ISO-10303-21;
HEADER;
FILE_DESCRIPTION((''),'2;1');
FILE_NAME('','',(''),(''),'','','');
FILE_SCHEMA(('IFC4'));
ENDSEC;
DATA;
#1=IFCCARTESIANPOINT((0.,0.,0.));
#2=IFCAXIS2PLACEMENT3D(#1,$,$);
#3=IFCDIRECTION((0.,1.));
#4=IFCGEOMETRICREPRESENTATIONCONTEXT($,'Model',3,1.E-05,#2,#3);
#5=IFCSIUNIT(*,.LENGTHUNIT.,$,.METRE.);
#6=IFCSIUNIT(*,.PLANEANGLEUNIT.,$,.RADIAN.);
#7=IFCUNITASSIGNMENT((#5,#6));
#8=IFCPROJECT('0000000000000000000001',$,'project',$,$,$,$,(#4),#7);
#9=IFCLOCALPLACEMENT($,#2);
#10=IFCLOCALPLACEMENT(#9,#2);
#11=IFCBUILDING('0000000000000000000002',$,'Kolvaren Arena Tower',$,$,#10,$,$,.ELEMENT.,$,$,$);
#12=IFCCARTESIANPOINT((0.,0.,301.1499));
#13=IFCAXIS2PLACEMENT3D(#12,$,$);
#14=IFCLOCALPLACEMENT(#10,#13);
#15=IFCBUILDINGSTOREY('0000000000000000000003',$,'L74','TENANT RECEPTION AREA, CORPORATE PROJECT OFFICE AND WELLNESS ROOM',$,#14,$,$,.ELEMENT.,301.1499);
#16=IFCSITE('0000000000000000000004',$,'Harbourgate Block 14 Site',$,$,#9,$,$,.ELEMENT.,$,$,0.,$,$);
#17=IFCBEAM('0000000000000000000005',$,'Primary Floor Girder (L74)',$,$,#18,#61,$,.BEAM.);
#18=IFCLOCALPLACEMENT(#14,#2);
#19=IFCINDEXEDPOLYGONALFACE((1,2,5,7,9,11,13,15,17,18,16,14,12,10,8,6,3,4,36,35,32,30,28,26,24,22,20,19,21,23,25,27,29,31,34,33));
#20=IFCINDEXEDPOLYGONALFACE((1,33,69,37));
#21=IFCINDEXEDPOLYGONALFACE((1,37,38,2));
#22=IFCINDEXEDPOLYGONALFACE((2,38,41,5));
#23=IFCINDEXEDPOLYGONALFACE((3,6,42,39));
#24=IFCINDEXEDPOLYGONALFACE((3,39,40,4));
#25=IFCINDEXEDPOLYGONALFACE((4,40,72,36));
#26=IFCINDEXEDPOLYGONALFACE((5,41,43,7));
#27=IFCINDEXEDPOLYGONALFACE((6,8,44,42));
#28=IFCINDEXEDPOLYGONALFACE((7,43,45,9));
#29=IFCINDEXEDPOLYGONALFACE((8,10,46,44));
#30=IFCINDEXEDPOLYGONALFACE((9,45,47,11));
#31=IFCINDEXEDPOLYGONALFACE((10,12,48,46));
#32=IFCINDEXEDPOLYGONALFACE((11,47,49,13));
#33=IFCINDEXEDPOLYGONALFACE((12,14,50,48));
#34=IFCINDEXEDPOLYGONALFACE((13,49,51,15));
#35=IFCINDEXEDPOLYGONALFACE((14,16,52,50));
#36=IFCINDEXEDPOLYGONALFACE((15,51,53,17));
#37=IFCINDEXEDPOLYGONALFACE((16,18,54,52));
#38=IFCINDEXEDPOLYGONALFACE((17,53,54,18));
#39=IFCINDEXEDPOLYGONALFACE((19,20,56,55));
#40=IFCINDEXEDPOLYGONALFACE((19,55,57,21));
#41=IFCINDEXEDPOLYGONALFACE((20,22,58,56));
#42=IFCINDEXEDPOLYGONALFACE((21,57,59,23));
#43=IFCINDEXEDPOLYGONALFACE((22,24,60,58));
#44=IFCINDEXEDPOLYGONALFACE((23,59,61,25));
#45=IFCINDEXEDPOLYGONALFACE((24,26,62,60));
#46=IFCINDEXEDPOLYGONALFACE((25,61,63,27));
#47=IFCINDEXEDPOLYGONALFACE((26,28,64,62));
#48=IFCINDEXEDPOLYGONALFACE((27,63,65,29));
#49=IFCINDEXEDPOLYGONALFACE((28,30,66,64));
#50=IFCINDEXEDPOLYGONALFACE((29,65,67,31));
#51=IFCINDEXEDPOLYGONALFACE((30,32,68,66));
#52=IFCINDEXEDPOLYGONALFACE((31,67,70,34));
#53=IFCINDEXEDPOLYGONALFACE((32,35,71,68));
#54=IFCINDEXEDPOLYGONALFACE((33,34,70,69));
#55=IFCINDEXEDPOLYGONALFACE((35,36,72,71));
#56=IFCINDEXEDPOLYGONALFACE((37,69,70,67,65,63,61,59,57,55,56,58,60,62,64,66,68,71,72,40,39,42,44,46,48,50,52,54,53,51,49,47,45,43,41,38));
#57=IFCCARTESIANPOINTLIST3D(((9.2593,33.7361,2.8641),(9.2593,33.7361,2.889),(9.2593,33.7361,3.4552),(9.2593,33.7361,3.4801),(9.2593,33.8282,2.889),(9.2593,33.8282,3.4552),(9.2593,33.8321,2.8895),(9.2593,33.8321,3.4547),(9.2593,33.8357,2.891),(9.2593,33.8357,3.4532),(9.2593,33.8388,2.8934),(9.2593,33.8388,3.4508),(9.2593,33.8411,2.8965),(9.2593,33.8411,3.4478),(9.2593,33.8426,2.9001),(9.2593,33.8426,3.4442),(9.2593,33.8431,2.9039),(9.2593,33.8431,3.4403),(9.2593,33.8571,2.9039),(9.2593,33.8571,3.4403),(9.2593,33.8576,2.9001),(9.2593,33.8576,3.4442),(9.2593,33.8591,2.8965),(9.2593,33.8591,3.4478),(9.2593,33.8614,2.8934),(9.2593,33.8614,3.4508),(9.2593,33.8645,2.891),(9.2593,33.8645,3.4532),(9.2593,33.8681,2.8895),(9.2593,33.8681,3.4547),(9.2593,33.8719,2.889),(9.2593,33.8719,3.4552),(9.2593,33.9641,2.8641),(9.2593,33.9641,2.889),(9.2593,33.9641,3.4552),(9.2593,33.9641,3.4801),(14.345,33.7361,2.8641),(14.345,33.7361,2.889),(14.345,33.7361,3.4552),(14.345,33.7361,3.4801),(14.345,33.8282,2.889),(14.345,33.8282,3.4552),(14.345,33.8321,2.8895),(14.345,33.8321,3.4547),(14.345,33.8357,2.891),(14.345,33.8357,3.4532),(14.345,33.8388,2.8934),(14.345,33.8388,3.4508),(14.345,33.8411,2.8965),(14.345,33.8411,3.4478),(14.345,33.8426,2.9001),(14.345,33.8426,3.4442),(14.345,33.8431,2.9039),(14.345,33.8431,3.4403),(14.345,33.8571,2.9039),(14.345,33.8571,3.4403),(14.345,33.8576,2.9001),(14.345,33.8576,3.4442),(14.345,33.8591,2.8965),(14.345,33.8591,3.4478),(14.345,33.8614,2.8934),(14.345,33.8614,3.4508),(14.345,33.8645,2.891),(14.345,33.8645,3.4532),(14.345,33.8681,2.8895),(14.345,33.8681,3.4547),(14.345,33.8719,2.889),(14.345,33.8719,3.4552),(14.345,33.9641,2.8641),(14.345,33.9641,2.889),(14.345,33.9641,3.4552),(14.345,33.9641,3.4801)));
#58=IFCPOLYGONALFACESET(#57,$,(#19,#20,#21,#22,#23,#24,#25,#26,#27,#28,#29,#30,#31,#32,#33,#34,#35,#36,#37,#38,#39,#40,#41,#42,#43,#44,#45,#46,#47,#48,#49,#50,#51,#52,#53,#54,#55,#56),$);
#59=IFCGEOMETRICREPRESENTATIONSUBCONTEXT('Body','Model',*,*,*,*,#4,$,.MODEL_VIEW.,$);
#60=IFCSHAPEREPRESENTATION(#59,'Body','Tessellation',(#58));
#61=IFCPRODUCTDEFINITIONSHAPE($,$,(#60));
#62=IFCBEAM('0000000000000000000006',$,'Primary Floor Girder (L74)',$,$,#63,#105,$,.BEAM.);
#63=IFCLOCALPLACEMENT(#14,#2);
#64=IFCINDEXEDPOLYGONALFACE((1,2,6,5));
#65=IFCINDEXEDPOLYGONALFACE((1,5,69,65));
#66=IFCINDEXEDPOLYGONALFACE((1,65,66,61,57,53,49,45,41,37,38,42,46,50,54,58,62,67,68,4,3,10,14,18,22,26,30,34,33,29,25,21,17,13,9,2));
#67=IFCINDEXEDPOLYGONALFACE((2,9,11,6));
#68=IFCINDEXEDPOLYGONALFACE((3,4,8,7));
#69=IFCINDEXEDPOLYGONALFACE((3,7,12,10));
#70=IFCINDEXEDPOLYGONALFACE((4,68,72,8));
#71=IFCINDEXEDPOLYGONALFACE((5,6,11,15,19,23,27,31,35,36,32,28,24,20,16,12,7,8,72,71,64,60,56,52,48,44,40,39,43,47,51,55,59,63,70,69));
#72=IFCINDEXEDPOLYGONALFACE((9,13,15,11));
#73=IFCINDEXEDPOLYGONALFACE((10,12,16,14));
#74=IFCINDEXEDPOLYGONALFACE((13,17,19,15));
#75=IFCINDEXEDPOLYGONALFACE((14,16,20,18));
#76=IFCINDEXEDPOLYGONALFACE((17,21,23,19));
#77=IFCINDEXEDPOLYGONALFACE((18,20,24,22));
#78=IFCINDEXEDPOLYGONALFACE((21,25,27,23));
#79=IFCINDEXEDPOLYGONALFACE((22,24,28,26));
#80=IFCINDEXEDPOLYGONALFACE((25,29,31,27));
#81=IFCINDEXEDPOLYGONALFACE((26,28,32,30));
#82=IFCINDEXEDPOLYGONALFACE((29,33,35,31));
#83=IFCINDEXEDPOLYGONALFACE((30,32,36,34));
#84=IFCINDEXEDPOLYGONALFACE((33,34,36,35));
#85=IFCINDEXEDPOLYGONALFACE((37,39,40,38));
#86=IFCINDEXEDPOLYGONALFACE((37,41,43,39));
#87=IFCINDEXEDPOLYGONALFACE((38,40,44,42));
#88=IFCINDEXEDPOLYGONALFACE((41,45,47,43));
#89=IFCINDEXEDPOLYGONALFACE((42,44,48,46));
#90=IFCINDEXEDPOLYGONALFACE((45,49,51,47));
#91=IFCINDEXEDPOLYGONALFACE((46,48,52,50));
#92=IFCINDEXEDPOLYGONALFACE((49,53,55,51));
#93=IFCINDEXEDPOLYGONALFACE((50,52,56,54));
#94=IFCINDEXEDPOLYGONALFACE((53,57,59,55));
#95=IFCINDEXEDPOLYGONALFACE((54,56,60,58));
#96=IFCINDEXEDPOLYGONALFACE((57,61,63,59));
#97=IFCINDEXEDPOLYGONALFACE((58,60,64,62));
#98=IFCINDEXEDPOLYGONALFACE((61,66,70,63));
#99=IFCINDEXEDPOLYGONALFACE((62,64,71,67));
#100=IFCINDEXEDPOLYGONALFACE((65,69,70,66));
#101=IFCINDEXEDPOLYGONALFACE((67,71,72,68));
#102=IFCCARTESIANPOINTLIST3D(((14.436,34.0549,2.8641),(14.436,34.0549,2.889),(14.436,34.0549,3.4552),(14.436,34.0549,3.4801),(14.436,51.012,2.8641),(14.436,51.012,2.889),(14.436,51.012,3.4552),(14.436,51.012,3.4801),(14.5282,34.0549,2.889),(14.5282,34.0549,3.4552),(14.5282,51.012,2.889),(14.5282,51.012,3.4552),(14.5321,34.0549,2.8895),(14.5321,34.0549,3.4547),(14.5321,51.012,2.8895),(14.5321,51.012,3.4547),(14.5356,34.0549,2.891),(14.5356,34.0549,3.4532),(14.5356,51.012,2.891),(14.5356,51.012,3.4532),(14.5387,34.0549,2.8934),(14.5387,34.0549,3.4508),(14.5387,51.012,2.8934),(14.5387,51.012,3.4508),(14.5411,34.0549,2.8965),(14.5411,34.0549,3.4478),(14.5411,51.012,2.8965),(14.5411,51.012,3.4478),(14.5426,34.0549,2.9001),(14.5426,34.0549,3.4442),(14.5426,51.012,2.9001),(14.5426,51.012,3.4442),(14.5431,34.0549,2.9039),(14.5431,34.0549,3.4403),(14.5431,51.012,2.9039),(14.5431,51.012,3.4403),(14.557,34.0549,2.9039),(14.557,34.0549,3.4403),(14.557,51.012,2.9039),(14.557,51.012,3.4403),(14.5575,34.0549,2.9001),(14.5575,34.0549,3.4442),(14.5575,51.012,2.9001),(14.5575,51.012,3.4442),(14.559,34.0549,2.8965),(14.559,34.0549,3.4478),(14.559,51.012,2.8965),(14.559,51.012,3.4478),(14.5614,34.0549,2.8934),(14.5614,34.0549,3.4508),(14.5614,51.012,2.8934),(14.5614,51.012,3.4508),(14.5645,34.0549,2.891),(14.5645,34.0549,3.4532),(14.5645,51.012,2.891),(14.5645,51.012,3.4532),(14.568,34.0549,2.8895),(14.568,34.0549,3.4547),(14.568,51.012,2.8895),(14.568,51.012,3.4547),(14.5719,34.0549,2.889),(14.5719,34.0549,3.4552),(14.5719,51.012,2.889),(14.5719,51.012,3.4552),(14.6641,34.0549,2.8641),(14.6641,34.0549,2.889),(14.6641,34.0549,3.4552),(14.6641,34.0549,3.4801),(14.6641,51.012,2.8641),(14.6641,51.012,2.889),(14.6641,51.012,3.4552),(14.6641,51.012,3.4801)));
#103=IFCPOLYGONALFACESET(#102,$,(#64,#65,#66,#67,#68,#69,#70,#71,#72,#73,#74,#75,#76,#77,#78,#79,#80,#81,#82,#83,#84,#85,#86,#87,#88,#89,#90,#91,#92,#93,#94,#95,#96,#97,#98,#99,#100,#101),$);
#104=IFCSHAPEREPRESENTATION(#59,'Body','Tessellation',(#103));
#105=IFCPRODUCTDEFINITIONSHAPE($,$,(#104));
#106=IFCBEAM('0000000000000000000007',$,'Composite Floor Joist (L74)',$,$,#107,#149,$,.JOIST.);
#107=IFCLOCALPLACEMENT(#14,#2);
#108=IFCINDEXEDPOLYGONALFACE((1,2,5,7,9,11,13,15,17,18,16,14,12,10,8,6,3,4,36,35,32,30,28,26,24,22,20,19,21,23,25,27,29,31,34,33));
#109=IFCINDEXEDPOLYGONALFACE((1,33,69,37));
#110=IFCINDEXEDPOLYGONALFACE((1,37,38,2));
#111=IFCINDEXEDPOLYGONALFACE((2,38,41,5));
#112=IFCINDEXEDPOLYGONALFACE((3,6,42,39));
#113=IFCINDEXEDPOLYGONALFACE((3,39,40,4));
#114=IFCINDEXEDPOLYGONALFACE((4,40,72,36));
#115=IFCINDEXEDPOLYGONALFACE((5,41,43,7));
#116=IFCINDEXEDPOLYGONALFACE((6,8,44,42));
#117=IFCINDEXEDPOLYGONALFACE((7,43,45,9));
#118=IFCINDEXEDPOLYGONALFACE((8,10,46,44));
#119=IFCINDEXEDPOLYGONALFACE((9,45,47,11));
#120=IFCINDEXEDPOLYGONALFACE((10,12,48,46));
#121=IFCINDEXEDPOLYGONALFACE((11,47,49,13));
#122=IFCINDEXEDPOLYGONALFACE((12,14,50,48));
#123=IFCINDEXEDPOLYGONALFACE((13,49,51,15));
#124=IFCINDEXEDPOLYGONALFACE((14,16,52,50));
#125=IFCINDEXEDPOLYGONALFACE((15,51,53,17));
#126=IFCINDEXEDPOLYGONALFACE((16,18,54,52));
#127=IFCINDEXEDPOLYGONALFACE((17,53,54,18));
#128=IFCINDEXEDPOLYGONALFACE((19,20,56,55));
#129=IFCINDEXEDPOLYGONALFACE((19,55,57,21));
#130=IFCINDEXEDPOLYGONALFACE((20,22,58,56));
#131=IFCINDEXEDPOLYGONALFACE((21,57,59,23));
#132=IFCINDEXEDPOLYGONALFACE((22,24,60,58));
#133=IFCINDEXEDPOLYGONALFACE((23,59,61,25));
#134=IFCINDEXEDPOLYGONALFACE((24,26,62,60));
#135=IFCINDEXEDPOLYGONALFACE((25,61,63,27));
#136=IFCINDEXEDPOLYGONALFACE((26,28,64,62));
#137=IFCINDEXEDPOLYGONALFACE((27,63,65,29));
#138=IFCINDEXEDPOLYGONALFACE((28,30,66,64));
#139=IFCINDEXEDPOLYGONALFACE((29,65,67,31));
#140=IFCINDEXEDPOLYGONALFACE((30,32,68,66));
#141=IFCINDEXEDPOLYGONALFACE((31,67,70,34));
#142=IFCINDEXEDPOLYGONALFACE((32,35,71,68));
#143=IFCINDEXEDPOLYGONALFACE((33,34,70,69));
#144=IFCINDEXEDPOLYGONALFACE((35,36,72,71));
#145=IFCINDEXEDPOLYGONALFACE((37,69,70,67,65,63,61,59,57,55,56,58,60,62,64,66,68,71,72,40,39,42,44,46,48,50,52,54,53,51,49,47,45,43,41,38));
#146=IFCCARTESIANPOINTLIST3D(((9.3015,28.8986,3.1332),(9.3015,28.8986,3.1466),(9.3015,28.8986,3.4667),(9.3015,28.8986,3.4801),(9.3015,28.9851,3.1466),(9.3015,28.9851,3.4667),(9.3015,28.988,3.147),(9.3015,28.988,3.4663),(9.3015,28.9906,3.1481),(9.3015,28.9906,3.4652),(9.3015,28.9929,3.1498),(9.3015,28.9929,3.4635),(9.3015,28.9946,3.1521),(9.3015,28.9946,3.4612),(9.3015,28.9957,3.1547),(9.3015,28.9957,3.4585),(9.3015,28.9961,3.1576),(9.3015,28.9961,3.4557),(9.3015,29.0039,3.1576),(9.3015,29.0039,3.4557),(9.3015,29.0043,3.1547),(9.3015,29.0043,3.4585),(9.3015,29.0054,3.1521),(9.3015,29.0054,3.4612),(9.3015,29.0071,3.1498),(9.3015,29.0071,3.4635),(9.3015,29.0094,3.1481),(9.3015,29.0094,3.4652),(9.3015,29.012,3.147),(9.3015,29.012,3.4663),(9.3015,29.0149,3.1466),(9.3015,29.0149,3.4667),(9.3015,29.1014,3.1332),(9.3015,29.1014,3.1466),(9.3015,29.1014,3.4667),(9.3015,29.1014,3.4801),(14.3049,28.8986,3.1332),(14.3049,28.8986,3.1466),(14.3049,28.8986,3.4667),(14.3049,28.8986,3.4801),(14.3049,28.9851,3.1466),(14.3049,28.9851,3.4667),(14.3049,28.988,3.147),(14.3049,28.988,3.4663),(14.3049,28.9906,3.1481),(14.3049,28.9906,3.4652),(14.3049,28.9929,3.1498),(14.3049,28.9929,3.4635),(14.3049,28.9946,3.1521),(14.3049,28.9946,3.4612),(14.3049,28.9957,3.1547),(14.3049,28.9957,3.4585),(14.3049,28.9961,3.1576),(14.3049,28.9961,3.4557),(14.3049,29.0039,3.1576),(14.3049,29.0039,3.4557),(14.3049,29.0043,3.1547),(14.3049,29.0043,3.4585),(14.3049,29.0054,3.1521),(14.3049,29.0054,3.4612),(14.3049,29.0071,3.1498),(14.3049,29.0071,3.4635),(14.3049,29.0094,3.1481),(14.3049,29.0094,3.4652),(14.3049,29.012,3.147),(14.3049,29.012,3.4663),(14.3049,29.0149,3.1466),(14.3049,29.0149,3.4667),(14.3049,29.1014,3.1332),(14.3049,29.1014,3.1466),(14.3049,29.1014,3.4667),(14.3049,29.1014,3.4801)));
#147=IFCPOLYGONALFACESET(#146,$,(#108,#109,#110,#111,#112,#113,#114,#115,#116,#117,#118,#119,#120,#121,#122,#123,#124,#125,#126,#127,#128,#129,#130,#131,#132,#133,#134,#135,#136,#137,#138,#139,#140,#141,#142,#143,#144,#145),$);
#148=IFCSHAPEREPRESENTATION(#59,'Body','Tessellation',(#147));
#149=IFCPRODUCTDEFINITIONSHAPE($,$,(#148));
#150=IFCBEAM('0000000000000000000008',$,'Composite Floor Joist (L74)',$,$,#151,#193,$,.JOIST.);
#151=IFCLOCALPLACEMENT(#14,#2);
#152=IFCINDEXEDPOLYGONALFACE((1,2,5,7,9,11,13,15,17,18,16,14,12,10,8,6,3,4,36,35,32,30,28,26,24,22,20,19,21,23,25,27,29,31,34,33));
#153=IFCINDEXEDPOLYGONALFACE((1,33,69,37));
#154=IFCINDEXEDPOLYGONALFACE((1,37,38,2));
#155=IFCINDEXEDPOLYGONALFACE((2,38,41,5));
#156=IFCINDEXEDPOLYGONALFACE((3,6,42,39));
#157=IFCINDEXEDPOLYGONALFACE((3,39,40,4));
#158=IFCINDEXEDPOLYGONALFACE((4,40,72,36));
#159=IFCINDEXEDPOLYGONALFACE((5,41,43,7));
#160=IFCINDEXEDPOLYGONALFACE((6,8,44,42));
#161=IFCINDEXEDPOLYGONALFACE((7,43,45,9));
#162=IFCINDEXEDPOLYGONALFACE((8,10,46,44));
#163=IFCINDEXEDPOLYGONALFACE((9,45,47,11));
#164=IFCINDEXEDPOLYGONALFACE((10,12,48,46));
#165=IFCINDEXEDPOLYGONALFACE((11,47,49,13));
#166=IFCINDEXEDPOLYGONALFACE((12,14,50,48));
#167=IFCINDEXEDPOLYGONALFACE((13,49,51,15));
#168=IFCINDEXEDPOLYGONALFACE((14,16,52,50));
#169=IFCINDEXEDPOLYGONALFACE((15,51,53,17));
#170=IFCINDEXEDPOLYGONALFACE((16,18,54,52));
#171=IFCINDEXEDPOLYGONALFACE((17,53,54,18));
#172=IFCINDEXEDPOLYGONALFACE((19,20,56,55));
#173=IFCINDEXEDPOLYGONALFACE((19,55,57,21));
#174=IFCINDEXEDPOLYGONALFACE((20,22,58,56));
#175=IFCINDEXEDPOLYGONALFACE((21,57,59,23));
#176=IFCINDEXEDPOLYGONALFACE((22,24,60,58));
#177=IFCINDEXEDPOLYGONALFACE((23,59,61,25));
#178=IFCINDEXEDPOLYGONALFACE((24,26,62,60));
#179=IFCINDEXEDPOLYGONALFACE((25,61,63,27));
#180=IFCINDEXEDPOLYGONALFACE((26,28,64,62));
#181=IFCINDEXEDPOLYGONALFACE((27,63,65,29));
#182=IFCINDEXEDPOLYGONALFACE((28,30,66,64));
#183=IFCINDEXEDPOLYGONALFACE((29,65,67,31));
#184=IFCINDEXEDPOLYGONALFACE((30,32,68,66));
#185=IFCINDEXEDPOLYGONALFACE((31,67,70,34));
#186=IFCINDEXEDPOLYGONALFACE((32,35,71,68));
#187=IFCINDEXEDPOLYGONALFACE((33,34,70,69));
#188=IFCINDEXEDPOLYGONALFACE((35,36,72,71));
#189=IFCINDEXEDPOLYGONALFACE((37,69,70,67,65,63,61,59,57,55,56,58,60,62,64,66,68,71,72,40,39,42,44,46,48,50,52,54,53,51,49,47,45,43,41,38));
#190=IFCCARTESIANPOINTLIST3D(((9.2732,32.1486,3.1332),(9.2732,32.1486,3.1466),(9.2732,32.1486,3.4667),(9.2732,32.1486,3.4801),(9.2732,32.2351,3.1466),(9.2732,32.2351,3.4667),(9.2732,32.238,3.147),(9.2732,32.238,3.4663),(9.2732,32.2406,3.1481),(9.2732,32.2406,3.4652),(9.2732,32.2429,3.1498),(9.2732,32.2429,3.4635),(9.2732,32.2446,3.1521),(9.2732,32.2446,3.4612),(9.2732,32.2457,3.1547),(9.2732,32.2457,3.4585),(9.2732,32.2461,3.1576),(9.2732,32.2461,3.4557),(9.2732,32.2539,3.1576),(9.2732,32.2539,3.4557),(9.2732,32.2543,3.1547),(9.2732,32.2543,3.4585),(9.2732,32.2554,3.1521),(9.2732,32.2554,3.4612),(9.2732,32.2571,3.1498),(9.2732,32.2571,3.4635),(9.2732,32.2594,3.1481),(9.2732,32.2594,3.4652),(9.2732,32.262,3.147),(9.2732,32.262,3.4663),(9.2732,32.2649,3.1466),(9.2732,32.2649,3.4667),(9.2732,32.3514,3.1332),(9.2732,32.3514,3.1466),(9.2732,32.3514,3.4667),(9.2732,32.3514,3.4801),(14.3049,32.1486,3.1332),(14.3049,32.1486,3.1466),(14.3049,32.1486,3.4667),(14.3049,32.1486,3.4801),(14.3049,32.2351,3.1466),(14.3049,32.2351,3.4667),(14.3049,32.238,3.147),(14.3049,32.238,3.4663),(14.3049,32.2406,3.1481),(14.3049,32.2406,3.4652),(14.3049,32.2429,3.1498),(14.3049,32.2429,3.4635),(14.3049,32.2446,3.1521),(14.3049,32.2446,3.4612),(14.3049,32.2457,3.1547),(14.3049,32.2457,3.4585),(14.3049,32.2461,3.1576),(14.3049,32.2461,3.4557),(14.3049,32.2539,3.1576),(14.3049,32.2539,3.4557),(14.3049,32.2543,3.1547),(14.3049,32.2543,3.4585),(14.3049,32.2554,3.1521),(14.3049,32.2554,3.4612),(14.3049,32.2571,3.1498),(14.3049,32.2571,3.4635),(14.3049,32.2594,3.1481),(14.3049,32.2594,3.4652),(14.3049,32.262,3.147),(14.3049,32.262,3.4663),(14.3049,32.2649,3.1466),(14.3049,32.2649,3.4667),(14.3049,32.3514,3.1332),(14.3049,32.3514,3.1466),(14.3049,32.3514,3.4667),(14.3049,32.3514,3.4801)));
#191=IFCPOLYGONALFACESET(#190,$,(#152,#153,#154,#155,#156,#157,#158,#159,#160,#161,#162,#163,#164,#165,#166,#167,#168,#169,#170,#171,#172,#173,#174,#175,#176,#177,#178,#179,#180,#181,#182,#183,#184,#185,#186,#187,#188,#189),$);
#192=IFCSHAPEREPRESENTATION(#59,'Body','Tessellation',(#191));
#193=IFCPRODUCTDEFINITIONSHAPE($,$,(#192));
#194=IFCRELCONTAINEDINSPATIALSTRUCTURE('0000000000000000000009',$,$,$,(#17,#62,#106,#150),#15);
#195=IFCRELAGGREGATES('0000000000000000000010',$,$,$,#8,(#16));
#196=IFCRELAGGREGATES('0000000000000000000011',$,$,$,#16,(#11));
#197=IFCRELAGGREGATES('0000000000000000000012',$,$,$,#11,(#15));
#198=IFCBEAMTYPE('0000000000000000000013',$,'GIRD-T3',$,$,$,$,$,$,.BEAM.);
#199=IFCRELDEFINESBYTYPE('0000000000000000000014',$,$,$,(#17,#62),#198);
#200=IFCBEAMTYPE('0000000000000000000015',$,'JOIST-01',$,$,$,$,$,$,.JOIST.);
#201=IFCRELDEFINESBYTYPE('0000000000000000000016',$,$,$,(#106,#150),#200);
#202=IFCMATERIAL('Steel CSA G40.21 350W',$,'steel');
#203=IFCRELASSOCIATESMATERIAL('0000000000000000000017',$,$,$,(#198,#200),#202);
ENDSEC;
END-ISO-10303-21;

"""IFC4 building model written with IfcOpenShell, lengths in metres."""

from ifc_helpers import new_model, si_unit, direction, frame, origin, origin_2d, place, context, subcontext, project, spatial, i_section, extrude, material, material_profile, profile_set, type_object, element, save


model = new_model("IFC4")

# Units and contexts
model_context = context("Model", 3, precision=1e-05, world=origin(), true_north=direction((0.0, 1.0)))
body_context = subcontext(model_context, "Body", "Model", "MODEL_VIEW")
ifc_project = project(units=[si_unit("LENGTHUNIT", "METRE"), si_unit("PLANEANGLEUNIT", "RADIAN")], contexts=[model_context])

# Site, building, storey
site_placement = place(None, origin())
site = spatial("IfcSite", under=ifc_project, at=site_placement, Name="Harbourgate Block 14 Site", CompositionType="ELEMENT", RefElevation=0.0)
building_placement = place(site_placement, origin())
building = spatial("IfcBuilding", under=site, at=building_placement, Name="Kolvaren Arena Tower", CompositionType="ELEMENT")
storey_placement = place(building_placement, frame((0.0, 0.0, 301.1499)))
storey = spatial("IfcBuildingStorey", under=building, at=storey_placement, Name="L74", Description="TENANT RECEPTION AREA, CORPORATE PROJECT OFFICE AND WELLNESS ROOM", CompositionType="ELEMENT", Elevation=301.1499)

# Beams
ifc_material_1 = material(Name="Steel CSA G40.21 350W", Category="steel")
ifc_material_profile_1 = material_profile(ifc_material_1, i_section(OverallWidth=0.228, OverallDepth=0.616, WebThickness=0.0139, FlangeThickness=0.0249, FilletRadius=0.0149, at=origin_2d()), Name="W610x174")
ifc_profile_set_1 = profile_set([ifc_material_profile_1], Name="Steel CSA G40.21 350W")
beam_type_1 = type_object("IfcBeamType", Name="GIRD-T3", PredefinedType="BEAM", material=ifc_profile_set_1)
beam_1_placement = place(storey_placement, frame((9.2593, 33.8501, 3.1721), z_axis=(1.0, 0.0, 0.0), x_axis=(0.0, 1.0, 0.0)))
element("IfcBeam", 1, at=beam_1_placement, inside=storey, type_object=beam_type_1, Name="Primary Floor Girder (L74)", PredefinedType="BEAM", context=body_context, shape_type="SweptSolid", body=[
    extrude(i_section(OverallWidth=0.228, OverallDepth=0.616, WebThickness=0.0139, FlangeThickness=0.0249, FilletRadius=0.0149, at=origin_2d()), origin(), (0.0, 0.0, 1.0), 5.0857),
])
beam_2_placement = place(storey_placement, frame((14.55, 34.0549, 3.1721), z_axis=(0.0, 1.0, 0.0), x_axis=(-1.0, 0.0, 0.0)))
element("IfcBeam", 2, at=beam_2_placement, inside=storey, type_object=beam_type_1, Name="Primary Floor Girder (L74)", PredefinedType="BEAM", context=body_context, shape_type="SweptSolid", body=[
    extrude(i_section(OverallWidth=0.228, OverallDepth=0.616, WebThickness=0.0139, FlangeThickness=0.0249, FilletRadius=0.0149, at=origin_2d()), origin(), (0.0, 0.0, 1.0), 16.957),
])
ifc_material_profile_2 = material_profile(ifc_material_1, i_section(OverallWidth=0.2029, OverallDepth=0.3469, WebThickness=0.0078, FlangeThickness=0.0134, FilletRadius=0.011, at=origin_2d()), Name="W360x64")
ifc_profile_set_2 = profile_set([ifc_material_profile_2], Name="Steel CSA G40.21 350W")
beam_type_2 = type_object("IfcBeamType", Name="JOIST-01", PredefinedType="JOIST", material=ifc_profile_set_2)
beam_3_placement = place(storey_placement, frame((9.3015, 29.0, 3.3066), z_axis=(1.0, 0.0, 0.0), x_axis=(0.0, 1.0, 0.0)))
element("IfcBeam", 3, at=beam_3_placement, inside=storey, type_object=beam_type_2, Name="Composite Floor Joist (L74)", PredefinedType="JOIST", context=body_context, shape_type="SweptSolid", body=[
    extrude(i_section(OverallWidth=0.2029, OverallDepth=0.3469, WebThickness=0.0078, FlangeThickness=0.0134, FilletRadius=0.011, at=origin_2d()), origin(), (0.0, 0.0, 1.0), 5.0034),
])
beam_4_placement = place(storey_placement, frame((9.2732, 32.25, 3.3066), z_axis=(1.0, 0.0, 0.0), x_axis=(0.0, 1.0, 0.0)))
element("IfcBeam", 4, at=beam_4_placement, inside=storey, type_object=beam_type_2, Name="Composite Floor Joist (L74)", PredefinedType="JOIST", context=body_context, shape_type="SweptSolid", body=[
    extrude(i_section(OverallWidth=0.2029, OverallDepth=0.3469, WebThickness=0.0078, FlangeThickness=0.0134, FilletRadius=0.011, at=origin_2d()), origin(), (0.0, 0.0, 1.0), 5.0317),
])

save(model, "model.ifc")
